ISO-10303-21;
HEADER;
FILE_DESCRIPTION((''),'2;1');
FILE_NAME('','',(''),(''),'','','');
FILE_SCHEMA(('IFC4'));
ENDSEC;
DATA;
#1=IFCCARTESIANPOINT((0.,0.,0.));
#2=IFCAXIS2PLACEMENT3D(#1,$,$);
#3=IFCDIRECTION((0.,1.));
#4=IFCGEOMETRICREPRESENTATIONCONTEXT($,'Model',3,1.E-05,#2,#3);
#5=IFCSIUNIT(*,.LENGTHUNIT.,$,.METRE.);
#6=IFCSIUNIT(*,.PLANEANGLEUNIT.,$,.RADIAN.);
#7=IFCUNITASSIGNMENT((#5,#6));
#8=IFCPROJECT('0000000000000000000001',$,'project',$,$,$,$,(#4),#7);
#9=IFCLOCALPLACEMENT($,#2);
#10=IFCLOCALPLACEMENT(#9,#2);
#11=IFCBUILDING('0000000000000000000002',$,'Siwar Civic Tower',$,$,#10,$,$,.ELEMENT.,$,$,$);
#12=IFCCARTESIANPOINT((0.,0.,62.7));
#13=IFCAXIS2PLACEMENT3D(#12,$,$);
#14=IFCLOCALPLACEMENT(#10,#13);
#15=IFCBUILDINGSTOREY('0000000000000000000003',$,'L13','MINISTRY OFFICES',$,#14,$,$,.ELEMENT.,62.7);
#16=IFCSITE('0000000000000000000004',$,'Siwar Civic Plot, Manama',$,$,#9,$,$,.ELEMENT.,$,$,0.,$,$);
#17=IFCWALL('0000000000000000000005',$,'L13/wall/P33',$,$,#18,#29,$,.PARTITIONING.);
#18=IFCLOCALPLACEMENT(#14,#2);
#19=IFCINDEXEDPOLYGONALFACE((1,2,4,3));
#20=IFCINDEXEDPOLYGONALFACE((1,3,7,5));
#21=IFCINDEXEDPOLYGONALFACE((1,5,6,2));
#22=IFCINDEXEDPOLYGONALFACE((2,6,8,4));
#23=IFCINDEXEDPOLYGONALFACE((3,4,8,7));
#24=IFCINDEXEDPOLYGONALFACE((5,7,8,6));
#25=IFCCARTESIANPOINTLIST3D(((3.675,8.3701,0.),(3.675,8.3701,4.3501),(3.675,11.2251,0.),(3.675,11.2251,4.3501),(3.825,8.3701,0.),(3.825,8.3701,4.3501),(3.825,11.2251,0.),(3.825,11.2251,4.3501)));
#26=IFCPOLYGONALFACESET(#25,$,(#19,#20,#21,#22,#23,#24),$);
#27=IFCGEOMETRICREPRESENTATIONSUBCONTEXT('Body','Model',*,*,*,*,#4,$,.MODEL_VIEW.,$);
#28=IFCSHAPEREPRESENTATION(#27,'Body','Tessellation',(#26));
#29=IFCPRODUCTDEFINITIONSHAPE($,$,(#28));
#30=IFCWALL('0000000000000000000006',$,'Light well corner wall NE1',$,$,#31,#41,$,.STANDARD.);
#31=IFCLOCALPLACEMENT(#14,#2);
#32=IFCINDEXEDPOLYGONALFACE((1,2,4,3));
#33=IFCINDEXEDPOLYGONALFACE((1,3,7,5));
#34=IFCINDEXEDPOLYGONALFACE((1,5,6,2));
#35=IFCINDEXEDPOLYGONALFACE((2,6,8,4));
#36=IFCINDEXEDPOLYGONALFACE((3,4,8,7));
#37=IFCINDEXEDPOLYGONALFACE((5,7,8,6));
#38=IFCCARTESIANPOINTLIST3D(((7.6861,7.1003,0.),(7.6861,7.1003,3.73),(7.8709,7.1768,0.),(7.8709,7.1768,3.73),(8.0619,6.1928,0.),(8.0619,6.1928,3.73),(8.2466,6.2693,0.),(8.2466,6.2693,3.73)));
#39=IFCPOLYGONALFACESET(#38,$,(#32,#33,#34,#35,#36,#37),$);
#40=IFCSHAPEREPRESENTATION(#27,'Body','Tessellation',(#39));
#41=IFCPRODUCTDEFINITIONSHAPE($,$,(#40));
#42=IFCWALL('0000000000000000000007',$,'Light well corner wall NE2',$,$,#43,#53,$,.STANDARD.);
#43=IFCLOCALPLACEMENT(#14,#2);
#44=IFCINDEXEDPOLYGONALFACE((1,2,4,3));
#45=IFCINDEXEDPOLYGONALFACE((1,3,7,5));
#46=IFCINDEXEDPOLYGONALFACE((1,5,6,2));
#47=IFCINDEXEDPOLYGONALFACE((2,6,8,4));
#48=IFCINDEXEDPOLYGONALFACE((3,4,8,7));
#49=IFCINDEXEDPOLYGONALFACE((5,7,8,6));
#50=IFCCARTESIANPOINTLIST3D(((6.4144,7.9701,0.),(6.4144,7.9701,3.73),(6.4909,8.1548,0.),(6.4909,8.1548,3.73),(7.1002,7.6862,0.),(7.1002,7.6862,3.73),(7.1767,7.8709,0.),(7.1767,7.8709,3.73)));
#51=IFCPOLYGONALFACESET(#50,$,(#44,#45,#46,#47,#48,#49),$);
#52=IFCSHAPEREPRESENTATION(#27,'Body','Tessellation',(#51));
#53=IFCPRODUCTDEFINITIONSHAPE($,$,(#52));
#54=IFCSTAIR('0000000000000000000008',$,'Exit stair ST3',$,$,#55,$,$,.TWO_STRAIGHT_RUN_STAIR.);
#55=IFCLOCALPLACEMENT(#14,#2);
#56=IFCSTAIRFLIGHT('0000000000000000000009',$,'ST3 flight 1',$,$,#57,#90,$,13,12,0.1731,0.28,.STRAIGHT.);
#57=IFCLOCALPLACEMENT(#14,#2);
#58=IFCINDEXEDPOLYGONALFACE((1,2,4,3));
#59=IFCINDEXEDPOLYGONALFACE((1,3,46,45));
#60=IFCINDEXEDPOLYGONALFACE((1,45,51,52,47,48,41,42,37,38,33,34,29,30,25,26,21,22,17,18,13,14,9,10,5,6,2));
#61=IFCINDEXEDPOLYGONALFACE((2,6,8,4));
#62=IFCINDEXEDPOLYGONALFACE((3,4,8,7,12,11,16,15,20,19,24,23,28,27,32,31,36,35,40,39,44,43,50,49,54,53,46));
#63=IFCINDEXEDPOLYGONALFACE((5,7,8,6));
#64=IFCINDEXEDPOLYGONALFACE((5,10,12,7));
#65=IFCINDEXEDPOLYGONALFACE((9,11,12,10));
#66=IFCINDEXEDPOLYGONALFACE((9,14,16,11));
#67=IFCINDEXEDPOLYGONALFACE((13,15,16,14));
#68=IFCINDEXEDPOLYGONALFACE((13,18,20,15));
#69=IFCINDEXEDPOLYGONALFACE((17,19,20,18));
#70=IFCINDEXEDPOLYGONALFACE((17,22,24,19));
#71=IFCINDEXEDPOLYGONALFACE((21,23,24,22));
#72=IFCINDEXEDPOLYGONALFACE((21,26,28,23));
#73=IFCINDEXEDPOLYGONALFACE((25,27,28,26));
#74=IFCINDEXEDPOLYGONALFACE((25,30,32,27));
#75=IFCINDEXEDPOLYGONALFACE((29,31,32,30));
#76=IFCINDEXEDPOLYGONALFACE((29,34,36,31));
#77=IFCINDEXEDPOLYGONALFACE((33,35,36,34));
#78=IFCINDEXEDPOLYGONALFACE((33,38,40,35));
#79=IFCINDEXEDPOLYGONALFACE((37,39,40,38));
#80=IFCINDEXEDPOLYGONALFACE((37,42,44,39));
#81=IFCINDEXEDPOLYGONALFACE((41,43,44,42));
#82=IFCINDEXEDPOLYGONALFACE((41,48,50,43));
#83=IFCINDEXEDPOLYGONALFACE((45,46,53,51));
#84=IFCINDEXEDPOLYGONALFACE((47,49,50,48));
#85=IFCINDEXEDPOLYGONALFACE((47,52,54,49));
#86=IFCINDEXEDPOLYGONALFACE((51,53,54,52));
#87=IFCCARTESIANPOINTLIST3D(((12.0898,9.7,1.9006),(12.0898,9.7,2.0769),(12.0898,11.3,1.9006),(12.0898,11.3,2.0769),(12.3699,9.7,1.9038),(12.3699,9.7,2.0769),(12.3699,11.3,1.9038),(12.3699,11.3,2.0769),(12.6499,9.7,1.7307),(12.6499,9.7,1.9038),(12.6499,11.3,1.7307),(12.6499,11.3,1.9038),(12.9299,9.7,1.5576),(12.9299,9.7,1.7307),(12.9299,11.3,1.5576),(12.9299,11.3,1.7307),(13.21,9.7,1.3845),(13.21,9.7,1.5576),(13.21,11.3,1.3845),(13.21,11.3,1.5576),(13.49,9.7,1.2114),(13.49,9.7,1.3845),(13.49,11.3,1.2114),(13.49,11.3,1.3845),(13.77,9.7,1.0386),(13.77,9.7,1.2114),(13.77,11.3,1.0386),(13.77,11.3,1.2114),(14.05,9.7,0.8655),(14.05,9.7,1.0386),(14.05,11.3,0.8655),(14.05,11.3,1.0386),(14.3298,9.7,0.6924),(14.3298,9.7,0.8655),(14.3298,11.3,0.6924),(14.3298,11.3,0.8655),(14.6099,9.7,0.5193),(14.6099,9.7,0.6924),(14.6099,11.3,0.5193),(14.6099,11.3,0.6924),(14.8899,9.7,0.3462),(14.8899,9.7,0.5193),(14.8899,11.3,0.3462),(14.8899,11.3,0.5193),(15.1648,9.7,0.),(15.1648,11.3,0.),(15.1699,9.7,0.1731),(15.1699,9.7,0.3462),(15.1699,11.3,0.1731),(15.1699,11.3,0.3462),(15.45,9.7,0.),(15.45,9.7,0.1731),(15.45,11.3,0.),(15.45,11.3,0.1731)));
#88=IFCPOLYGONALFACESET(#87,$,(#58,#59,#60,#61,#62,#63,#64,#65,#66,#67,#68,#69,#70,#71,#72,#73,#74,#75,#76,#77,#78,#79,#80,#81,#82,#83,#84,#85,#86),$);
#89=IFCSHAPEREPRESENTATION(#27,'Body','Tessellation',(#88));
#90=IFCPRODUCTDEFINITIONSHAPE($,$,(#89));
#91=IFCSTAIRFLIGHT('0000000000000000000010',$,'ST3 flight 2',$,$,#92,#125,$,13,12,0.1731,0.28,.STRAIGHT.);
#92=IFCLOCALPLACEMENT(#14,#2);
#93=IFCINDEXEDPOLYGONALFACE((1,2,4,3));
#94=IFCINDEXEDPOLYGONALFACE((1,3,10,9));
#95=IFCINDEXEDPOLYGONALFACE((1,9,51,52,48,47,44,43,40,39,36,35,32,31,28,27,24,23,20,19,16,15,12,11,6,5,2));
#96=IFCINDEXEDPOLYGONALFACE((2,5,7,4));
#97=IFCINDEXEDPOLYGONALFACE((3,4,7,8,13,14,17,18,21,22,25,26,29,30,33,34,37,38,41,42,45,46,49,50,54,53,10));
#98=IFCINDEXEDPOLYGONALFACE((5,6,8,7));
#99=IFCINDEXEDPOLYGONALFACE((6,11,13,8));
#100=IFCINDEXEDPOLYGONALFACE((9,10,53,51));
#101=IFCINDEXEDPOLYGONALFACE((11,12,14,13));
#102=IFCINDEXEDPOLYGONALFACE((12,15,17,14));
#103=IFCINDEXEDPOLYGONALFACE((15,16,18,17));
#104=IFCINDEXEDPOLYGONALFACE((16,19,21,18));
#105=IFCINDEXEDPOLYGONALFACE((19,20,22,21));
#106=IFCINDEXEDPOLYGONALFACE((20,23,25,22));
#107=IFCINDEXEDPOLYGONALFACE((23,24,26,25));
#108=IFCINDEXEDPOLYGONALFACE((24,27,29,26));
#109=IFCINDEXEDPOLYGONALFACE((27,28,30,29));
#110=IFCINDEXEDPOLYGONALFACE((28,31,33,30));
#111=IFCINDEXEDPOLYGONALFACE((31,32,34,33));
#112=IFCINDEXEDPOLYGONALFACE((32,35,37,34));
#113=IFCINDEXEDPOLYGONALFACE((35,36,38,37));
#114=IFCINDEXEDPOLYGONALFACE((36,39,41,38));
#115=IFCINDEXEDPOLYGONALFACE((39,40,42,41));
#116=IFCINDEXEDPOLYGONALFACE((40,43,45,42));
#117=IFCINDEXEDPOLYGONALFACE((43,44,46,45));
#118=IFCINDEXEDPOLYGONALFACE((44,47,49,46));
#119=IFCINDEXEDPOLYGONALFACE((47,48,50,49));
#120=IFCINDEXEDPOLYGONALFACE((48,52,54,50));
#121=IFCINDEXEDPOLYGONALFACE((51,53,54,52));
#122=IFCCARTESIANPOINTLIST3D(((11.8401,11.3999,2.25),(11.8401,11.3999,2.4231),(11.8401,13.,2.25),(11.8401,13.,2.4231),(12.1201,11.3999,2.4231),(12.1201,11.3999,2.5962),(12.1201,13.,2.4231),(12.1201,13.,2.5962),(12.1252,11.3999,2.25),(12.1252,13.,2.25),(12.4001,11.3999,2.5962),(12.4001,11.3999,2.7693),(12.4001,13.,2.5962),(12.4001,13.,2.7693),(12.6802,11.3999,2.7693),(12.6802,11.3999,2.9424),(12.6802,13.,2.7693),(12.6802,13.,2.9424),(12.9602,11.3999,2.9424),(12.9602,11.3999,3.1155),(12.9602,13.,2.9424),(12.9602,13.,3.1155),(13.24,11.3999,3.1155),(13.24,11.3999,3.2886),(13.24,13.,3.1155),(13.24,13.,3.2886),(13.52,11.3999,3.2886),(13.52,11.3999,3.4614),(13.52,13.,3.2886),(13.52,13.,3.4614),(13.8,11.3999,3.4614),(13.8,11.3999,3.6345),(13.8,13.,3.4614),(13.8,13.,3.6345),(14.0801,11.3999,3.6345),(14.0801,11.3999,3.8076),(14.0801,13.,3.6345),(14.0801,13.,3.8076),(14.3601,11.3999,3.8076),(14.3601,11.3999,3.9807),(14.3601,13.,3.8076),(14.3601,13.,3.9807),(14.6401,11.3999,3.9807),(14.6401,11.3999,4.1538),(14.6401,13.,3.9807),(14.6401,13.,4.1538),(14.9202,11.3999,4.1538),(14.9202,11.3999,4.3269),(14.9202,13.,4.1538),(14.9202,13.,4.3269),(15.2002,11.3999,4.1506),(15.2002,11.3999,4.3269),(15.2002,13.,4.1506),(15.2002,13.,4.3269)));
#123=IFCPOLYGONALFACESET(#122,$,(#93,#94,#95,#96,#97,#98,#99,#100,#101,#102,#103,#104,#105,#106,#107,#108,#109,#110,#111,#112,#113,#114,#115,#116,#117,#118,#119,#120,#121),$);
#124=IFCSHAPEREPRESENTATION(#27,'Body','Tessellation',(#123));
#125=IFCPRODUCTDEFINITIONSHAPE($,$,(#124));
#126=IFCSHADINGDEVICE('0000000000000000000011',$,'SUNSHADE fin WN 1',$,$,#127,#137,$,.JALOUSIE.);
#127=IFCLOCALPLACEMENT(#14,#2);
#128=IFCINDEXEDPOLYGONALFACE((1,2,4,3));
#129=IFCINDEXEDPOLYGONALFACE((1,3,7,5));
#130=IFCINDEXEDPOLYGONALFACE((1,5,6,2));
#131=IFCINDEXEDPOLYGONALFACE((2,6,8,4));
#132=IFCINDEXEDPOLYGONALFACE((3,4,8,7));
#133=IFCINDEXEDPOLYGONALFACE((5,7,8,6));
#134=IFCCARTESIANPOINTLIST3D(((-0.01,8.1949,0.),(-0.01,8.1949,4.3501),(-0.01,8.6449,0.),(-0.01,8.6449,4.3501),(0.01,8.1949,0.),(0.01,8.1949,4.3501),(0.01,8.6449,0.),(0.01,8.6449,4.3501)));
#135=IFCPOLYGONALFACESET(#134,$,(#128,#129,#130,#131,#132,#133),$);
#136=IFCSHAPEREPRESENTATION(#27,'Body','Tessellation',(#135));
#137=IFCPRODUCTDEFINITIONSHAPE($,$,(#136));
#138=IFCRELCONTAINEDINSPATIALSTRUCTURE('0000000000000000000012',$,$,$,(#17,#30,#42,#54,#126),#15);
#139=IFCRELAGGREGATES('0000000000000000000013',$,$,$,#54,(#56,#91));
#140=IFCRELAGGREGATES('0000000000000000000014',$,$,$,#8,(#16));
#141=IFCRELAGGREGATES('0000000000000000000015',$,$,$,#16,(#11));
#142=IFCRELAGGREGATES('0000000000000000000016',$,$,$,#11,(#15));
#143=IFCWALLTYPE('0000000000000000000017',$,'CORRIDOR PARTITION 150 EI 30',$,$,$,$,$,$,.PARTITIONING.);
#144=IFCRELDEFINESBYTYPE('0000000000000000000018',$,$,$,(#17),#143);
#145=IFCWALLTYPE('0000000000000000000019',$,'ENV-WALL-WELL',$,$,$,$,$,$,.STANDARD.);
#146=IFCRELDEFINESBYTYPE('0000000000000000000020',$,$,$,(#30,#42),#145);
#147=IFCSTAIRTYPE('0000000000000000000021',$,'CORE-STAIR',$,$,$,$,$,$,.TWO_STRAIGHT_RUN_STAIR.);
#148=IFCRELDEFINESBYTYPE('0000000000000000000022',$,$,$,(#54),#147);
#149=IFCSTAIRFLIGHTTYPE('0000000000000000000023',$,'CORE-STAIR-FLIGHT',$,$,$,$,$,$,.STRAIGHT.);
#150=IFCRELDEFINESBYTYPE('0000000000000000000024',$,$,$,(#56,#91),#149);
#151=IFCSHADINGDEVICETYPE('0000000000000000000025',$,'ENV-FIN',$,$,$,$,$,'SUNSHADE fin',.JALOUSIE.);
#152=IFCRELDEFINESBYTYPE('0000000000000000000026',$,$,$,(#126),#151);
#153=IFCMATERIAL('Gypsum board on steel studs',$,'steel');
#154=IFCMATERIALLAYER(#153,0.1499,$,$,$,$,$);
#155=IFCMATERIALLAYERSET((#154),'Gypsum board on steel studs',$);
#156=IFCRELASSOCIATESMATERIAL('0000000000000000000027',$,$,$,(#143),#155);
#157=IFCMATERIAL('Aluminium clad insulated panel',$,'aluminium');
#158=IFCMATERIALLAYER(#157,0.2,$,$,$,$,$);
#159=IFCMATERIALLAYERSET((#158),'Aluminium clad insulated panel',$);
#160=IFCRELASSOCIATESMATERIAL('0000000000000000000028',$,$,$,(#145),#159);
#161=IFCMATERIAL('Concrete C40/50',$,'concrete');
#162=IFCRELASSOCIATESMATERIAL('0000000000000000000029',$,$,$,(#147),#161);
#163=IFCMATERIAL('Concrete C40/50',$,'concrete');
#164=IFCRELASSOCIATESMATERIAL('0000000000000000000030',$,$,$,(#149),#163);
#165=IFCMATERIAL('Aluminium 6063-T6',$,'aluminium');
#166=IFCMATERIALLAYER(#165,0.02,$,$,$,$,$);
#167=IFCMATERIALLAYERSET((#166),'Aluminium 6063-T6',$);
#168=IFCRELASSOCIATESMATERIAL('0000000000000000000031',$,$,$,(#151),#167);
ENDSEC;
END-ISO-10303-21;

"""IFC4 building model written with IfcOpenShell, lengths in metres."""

from ifc_helpers import new_model, si_unit, direction, frame, frame_2d, origin, origin_2d, place, context, subcontext, project, spatial, polyline, rectangle, outline, extrude, material, layer, layer_set, type_object, element, aggregate, save


model = new_model("IFC4")

# Units and contexts
model_context = context("Model", 3, precision=1e-05, world=origin(), true_north=direction((0.0, 1.0)))
body_context = subcontext(model_context, "Body", "Model", "MODEL_VIEW")
ifc_project = project(units=[si_unit("LENGTHUNIT", "METRE"), si_unit("PLANEANGLEUNIT", "RADIAN")], contexts=[model_context])

# Site, building, storey
site_placement = place(None, origin())
site = spatial("IfcSite", under=ifc_project, at=site_placement, Name="Siwar Civic Plot, Manama", CompositionType="ELEMENT", RefElevation=0.0)
building_placement = place(site_placement, origin())
building = spatial("IfcBuilding", under=site, at=building_placement, Name="Siwar Civic Tower", CompositionType="ELEMENT")
storey_placement = place(building_placement, frame((0.0, 0.0, 62.7)))
storey = spatial("IfcBuildingStorey", under=building, at=storey_placement, Name="L13", Description="MINISTRY OFFICES", CompositionType="ELEMENT", Elevation=62.7)

# Walls
ifc_material_1 = material(Name="Gypsum board on steel studs", Category="steel")
ifc_layer_1 = layer(ifc_material_1, 0.1499)
ifc_layer_set_1 = layer_set([ifc_layer_1], Name="Gypsum board on steel studs")
wall_type_1 = type_object("IfcWallType", Name="CORRIDOR PARTITION 150 EI 30", PredefinedType="PARTITIONING", material=ifc_layer_set_1)
wall_1_placement = place(storey_placement, frame((3.75, 8.3701, 0.0), z_axis=(0.0, 0.0, 1.0), x_axis=(0.0, 1.0, 0.0)))
element("IfcWall", 1, at=wall_1_placement, inside=storey, type_object=wall_type_1, Name="L13/wall/P33", PredefinedType="PARTITIONING", context=body_context, shape_type="SweptSolid", body=[
    extrude(rectangle(XDim=2.855, YDim=0.1499, at=frame_2d((1.4275, 0.0))), origin(), (0.0, 0.0, 1.0), 4.3501),
])
ifc_material_2 = material(Name="Aluminium clad insulated panel", Category="aluminium")
ifc_layer_2 = layer(ifc_material_2, 0.2)
ifc_layer_set_2 = layer_set([ifc_layer_2], Name="Aluminium clad insulated panel")
wall_type_2 = type_object("IfcWallType", Name="ENV-WALL-WELL", PredefinedType="STANDARD", material=ifc_layer_set_2)
wall_2_placement = place(storey_placement, frame((8.1543, 6.231, 0.0), z_axis=(0.0, 0.0, 1.0), x_axis=(-0.382549, 0.923935, 0.0)))
element("IfcWall", 2, at=wall_2_placement, inside=storey, type_object=wall_type_2, Name="Light well corner wall NE1", PredefinedType="STANDARD", context=body_context, shape_type="SweptSolid", body=[
    extrude(rectangle(XDim=0.9822, YDim=0.2, at=frame_2d((0.4912, 0.0))), origin(), (0.0, 0.0, 1.0), 3.73),
])
wall_3_placement = place(storey_placement, frame((7.1384, 7.7786, 0.0), z_axis=(0.0, 0.0, 1.0), x_axis=(-0.923941, 0.382536, 0.0)))
element("IfcWall", 3, at=wall_3_placement, inside=storey, type_object=wall_type_2, Name="Light well corner wall NE2", PredefinedType="STANDARD", context=body_context, shape_type="SweptSolid", body=[
    extrude(rectangle(XDim=0.7422, YDim=0.2, at=frame_2d((0.3711, 0.0))), origin(), (0.0, 0.0, 1.0), 3.73),
])

# Stair, stair flights
ifc_material_3 = material(Name="Concrete C40/50", Category="concrete")
stair_type = type_object("IfcStairType", Name="CORE-STAIR", PredefinedType="TWO_STRAIGHT_RUN_STAIR", material=ifc_material_3)
stair_placement = place(storey_placement, origin())
stair = element("IfcStair", 4, at=stair_placement, inside=storey, type_object=stair_type, Name="Exit stair ST3", PredefinedType="TWO_STRAIGHT_RUN_STAIR")
ifc_material_4 = material(Name="Concrete C40/50", Category="concrete")
stair_flight_type = type_object("IfcStairFlightType", Name="CORE-STAIR-FLIGHT", PredefinedType="STRAIGHT", material=ifc_material_4)
stair_flight_1_placement = place(storey_placement, frame((15.45, 10.5, 0.0), z_axis=(0.0, 0.0, 1.0), x_axis=(-1.0, 0.0, 0.0)))
stair_flight_1 = element("IfcStairFlight", 5, at=stair_flight_1_placement, type_object=stair_flight_type, Name="ST3 flight 1", NumberOfRisers=13, NumberOfTreads=12, PredefinedType="STRAIGHT", RiserHeight=0.1731, TreadLength=0.28, context=body_context, shape_type="SweptSolid", body=[
    extrude(outline(polyline([(0.0, 0.0), (0.0, 0.1731), (0.28, 0.1731), (0.28, 0.3462), (0.5601, 0.3462), (0.5601, 0.5193), (0.8401, 0.5193), (0.8401, 0.6924), (1.1201, 0.6924), (1.1201, 0.8655), (1.3999, 0.8655), (1.3999, 1.0386), (1.6799, 1.0386), (1.6799, 1.2114), (1.96, 1.2114), (1.96, 1.3845), (2.24, 1.3845), (2.24, 1.5576), (2.52, 1.5576), (2.52, 1.7307), (2.8, 1.7307), (2.8, 1.9038), (3.0801, 1.9038), (3.0801, 2.0769), (3.3601, 2.0769), (3.3601, 2.25), (3.3601, 1.9006), (0.2852, 0.0), (0.0, 0.0)])), frame((0.0, 0.8, 0.0), z_axis=(0.0, -1.0, 0.0), x_axis=(1.0, 0.0, 0.0)), (0.0, 0.0, 1.0), 1.6001),
])
stair_flight_2_placement = place(storey_placement, frame((11.8401, 12.2, 2.25), z_axis=(0.0, 0.0, 1.0), x_axis=(1.0, 0.0, 0.0)))
stair_flight_2 = element("IfcStairFlight", 6, at=stair_flight_2_placement, type_object=stair_flight_type, Name="ST3 flight 2", NumberOfRisers=13, NumberOfTreads=12, PredefinedType="STRAIGHT", RiserHeight=0.1731, TreadLength=0.28, context=body_context, shape_type="SweptSolid", body=[
    extrude(outline(polyline([(0.0, 0.0), (0.0, 0.1731), (0.28, 0.1731), (0.28, 0.3462), (0.5601, 0.3462), (0.5601, 0.5193), (0.8401, 0.5193), (0.8401, 0.6924), (1.1201, 0.6924), (1.1201, 0.8655), (1.3999, 0.8655), (1.3999, 1.0386), (1.6799, 1.0386), (1.6799, 1.2114), (1.96, 1.2114), (1.96, 1.3845), (2.24, 1.3845), (2.24, 1.5576), (2.52, 1.5576), (2.52, 1.7307), (2.8, 1.7307), (2.8, 1.9038), (3.0801, 1.9038), (3.0801, 2.0769), (3.3601, 2.0769), (3.3601, 2.25), (3.3601, 1.9006), (0.2852, 0.0), (0.0, 0.0)])), frame((0.0, 0.8, 0.0), z_axis=(0.0, -1.0, 0.0), x_axis=(1.0, 0.0, 0.0)), (0.0, 0.0, 1.0), 1.6001),
])
aggregate(stair, [stair_flight_1, stair_flight_2])

# Shading device
ifc_material_5 = material(Name="Aluminium 6063-T6", Category="aluminium")
ifc_layer_3 = layer(ifc_material_5, 0.02)
ifc_layer_set_3 = layer_set([ifc_layer_3], Name="Aluminium 6063-T6")
shading_device_type = type_object("IfcShadingDeviceType", Name="ENV-FIN", ElementType="SUNSHADE fin", PredefinedType="JALOUSIE", material=ifc_layer_set_3)
shading_device_placement = place(storey_placement, frame((0.0, 8.4199, 0.0), z_axis=(0.0, 0.0, 1.0), x_axis=(-1.0, 0.0, 0.0)))
element("IfcShadingDevice", 7, at=shading_device_placement, inside=storey, type_object=shading_device_type, Name="SUNSHADE fin WN 1", PredefinedType="JALOUSIE", context=body_context, shape_type="SweptSolid", body=[
    extrude(rectangle(XDim=0.02, YDim=0.45, at=origin_2d()), origin(), (0.0, 0.0, 1.0), 4.3501),
])

save(model, "model.ifc")
